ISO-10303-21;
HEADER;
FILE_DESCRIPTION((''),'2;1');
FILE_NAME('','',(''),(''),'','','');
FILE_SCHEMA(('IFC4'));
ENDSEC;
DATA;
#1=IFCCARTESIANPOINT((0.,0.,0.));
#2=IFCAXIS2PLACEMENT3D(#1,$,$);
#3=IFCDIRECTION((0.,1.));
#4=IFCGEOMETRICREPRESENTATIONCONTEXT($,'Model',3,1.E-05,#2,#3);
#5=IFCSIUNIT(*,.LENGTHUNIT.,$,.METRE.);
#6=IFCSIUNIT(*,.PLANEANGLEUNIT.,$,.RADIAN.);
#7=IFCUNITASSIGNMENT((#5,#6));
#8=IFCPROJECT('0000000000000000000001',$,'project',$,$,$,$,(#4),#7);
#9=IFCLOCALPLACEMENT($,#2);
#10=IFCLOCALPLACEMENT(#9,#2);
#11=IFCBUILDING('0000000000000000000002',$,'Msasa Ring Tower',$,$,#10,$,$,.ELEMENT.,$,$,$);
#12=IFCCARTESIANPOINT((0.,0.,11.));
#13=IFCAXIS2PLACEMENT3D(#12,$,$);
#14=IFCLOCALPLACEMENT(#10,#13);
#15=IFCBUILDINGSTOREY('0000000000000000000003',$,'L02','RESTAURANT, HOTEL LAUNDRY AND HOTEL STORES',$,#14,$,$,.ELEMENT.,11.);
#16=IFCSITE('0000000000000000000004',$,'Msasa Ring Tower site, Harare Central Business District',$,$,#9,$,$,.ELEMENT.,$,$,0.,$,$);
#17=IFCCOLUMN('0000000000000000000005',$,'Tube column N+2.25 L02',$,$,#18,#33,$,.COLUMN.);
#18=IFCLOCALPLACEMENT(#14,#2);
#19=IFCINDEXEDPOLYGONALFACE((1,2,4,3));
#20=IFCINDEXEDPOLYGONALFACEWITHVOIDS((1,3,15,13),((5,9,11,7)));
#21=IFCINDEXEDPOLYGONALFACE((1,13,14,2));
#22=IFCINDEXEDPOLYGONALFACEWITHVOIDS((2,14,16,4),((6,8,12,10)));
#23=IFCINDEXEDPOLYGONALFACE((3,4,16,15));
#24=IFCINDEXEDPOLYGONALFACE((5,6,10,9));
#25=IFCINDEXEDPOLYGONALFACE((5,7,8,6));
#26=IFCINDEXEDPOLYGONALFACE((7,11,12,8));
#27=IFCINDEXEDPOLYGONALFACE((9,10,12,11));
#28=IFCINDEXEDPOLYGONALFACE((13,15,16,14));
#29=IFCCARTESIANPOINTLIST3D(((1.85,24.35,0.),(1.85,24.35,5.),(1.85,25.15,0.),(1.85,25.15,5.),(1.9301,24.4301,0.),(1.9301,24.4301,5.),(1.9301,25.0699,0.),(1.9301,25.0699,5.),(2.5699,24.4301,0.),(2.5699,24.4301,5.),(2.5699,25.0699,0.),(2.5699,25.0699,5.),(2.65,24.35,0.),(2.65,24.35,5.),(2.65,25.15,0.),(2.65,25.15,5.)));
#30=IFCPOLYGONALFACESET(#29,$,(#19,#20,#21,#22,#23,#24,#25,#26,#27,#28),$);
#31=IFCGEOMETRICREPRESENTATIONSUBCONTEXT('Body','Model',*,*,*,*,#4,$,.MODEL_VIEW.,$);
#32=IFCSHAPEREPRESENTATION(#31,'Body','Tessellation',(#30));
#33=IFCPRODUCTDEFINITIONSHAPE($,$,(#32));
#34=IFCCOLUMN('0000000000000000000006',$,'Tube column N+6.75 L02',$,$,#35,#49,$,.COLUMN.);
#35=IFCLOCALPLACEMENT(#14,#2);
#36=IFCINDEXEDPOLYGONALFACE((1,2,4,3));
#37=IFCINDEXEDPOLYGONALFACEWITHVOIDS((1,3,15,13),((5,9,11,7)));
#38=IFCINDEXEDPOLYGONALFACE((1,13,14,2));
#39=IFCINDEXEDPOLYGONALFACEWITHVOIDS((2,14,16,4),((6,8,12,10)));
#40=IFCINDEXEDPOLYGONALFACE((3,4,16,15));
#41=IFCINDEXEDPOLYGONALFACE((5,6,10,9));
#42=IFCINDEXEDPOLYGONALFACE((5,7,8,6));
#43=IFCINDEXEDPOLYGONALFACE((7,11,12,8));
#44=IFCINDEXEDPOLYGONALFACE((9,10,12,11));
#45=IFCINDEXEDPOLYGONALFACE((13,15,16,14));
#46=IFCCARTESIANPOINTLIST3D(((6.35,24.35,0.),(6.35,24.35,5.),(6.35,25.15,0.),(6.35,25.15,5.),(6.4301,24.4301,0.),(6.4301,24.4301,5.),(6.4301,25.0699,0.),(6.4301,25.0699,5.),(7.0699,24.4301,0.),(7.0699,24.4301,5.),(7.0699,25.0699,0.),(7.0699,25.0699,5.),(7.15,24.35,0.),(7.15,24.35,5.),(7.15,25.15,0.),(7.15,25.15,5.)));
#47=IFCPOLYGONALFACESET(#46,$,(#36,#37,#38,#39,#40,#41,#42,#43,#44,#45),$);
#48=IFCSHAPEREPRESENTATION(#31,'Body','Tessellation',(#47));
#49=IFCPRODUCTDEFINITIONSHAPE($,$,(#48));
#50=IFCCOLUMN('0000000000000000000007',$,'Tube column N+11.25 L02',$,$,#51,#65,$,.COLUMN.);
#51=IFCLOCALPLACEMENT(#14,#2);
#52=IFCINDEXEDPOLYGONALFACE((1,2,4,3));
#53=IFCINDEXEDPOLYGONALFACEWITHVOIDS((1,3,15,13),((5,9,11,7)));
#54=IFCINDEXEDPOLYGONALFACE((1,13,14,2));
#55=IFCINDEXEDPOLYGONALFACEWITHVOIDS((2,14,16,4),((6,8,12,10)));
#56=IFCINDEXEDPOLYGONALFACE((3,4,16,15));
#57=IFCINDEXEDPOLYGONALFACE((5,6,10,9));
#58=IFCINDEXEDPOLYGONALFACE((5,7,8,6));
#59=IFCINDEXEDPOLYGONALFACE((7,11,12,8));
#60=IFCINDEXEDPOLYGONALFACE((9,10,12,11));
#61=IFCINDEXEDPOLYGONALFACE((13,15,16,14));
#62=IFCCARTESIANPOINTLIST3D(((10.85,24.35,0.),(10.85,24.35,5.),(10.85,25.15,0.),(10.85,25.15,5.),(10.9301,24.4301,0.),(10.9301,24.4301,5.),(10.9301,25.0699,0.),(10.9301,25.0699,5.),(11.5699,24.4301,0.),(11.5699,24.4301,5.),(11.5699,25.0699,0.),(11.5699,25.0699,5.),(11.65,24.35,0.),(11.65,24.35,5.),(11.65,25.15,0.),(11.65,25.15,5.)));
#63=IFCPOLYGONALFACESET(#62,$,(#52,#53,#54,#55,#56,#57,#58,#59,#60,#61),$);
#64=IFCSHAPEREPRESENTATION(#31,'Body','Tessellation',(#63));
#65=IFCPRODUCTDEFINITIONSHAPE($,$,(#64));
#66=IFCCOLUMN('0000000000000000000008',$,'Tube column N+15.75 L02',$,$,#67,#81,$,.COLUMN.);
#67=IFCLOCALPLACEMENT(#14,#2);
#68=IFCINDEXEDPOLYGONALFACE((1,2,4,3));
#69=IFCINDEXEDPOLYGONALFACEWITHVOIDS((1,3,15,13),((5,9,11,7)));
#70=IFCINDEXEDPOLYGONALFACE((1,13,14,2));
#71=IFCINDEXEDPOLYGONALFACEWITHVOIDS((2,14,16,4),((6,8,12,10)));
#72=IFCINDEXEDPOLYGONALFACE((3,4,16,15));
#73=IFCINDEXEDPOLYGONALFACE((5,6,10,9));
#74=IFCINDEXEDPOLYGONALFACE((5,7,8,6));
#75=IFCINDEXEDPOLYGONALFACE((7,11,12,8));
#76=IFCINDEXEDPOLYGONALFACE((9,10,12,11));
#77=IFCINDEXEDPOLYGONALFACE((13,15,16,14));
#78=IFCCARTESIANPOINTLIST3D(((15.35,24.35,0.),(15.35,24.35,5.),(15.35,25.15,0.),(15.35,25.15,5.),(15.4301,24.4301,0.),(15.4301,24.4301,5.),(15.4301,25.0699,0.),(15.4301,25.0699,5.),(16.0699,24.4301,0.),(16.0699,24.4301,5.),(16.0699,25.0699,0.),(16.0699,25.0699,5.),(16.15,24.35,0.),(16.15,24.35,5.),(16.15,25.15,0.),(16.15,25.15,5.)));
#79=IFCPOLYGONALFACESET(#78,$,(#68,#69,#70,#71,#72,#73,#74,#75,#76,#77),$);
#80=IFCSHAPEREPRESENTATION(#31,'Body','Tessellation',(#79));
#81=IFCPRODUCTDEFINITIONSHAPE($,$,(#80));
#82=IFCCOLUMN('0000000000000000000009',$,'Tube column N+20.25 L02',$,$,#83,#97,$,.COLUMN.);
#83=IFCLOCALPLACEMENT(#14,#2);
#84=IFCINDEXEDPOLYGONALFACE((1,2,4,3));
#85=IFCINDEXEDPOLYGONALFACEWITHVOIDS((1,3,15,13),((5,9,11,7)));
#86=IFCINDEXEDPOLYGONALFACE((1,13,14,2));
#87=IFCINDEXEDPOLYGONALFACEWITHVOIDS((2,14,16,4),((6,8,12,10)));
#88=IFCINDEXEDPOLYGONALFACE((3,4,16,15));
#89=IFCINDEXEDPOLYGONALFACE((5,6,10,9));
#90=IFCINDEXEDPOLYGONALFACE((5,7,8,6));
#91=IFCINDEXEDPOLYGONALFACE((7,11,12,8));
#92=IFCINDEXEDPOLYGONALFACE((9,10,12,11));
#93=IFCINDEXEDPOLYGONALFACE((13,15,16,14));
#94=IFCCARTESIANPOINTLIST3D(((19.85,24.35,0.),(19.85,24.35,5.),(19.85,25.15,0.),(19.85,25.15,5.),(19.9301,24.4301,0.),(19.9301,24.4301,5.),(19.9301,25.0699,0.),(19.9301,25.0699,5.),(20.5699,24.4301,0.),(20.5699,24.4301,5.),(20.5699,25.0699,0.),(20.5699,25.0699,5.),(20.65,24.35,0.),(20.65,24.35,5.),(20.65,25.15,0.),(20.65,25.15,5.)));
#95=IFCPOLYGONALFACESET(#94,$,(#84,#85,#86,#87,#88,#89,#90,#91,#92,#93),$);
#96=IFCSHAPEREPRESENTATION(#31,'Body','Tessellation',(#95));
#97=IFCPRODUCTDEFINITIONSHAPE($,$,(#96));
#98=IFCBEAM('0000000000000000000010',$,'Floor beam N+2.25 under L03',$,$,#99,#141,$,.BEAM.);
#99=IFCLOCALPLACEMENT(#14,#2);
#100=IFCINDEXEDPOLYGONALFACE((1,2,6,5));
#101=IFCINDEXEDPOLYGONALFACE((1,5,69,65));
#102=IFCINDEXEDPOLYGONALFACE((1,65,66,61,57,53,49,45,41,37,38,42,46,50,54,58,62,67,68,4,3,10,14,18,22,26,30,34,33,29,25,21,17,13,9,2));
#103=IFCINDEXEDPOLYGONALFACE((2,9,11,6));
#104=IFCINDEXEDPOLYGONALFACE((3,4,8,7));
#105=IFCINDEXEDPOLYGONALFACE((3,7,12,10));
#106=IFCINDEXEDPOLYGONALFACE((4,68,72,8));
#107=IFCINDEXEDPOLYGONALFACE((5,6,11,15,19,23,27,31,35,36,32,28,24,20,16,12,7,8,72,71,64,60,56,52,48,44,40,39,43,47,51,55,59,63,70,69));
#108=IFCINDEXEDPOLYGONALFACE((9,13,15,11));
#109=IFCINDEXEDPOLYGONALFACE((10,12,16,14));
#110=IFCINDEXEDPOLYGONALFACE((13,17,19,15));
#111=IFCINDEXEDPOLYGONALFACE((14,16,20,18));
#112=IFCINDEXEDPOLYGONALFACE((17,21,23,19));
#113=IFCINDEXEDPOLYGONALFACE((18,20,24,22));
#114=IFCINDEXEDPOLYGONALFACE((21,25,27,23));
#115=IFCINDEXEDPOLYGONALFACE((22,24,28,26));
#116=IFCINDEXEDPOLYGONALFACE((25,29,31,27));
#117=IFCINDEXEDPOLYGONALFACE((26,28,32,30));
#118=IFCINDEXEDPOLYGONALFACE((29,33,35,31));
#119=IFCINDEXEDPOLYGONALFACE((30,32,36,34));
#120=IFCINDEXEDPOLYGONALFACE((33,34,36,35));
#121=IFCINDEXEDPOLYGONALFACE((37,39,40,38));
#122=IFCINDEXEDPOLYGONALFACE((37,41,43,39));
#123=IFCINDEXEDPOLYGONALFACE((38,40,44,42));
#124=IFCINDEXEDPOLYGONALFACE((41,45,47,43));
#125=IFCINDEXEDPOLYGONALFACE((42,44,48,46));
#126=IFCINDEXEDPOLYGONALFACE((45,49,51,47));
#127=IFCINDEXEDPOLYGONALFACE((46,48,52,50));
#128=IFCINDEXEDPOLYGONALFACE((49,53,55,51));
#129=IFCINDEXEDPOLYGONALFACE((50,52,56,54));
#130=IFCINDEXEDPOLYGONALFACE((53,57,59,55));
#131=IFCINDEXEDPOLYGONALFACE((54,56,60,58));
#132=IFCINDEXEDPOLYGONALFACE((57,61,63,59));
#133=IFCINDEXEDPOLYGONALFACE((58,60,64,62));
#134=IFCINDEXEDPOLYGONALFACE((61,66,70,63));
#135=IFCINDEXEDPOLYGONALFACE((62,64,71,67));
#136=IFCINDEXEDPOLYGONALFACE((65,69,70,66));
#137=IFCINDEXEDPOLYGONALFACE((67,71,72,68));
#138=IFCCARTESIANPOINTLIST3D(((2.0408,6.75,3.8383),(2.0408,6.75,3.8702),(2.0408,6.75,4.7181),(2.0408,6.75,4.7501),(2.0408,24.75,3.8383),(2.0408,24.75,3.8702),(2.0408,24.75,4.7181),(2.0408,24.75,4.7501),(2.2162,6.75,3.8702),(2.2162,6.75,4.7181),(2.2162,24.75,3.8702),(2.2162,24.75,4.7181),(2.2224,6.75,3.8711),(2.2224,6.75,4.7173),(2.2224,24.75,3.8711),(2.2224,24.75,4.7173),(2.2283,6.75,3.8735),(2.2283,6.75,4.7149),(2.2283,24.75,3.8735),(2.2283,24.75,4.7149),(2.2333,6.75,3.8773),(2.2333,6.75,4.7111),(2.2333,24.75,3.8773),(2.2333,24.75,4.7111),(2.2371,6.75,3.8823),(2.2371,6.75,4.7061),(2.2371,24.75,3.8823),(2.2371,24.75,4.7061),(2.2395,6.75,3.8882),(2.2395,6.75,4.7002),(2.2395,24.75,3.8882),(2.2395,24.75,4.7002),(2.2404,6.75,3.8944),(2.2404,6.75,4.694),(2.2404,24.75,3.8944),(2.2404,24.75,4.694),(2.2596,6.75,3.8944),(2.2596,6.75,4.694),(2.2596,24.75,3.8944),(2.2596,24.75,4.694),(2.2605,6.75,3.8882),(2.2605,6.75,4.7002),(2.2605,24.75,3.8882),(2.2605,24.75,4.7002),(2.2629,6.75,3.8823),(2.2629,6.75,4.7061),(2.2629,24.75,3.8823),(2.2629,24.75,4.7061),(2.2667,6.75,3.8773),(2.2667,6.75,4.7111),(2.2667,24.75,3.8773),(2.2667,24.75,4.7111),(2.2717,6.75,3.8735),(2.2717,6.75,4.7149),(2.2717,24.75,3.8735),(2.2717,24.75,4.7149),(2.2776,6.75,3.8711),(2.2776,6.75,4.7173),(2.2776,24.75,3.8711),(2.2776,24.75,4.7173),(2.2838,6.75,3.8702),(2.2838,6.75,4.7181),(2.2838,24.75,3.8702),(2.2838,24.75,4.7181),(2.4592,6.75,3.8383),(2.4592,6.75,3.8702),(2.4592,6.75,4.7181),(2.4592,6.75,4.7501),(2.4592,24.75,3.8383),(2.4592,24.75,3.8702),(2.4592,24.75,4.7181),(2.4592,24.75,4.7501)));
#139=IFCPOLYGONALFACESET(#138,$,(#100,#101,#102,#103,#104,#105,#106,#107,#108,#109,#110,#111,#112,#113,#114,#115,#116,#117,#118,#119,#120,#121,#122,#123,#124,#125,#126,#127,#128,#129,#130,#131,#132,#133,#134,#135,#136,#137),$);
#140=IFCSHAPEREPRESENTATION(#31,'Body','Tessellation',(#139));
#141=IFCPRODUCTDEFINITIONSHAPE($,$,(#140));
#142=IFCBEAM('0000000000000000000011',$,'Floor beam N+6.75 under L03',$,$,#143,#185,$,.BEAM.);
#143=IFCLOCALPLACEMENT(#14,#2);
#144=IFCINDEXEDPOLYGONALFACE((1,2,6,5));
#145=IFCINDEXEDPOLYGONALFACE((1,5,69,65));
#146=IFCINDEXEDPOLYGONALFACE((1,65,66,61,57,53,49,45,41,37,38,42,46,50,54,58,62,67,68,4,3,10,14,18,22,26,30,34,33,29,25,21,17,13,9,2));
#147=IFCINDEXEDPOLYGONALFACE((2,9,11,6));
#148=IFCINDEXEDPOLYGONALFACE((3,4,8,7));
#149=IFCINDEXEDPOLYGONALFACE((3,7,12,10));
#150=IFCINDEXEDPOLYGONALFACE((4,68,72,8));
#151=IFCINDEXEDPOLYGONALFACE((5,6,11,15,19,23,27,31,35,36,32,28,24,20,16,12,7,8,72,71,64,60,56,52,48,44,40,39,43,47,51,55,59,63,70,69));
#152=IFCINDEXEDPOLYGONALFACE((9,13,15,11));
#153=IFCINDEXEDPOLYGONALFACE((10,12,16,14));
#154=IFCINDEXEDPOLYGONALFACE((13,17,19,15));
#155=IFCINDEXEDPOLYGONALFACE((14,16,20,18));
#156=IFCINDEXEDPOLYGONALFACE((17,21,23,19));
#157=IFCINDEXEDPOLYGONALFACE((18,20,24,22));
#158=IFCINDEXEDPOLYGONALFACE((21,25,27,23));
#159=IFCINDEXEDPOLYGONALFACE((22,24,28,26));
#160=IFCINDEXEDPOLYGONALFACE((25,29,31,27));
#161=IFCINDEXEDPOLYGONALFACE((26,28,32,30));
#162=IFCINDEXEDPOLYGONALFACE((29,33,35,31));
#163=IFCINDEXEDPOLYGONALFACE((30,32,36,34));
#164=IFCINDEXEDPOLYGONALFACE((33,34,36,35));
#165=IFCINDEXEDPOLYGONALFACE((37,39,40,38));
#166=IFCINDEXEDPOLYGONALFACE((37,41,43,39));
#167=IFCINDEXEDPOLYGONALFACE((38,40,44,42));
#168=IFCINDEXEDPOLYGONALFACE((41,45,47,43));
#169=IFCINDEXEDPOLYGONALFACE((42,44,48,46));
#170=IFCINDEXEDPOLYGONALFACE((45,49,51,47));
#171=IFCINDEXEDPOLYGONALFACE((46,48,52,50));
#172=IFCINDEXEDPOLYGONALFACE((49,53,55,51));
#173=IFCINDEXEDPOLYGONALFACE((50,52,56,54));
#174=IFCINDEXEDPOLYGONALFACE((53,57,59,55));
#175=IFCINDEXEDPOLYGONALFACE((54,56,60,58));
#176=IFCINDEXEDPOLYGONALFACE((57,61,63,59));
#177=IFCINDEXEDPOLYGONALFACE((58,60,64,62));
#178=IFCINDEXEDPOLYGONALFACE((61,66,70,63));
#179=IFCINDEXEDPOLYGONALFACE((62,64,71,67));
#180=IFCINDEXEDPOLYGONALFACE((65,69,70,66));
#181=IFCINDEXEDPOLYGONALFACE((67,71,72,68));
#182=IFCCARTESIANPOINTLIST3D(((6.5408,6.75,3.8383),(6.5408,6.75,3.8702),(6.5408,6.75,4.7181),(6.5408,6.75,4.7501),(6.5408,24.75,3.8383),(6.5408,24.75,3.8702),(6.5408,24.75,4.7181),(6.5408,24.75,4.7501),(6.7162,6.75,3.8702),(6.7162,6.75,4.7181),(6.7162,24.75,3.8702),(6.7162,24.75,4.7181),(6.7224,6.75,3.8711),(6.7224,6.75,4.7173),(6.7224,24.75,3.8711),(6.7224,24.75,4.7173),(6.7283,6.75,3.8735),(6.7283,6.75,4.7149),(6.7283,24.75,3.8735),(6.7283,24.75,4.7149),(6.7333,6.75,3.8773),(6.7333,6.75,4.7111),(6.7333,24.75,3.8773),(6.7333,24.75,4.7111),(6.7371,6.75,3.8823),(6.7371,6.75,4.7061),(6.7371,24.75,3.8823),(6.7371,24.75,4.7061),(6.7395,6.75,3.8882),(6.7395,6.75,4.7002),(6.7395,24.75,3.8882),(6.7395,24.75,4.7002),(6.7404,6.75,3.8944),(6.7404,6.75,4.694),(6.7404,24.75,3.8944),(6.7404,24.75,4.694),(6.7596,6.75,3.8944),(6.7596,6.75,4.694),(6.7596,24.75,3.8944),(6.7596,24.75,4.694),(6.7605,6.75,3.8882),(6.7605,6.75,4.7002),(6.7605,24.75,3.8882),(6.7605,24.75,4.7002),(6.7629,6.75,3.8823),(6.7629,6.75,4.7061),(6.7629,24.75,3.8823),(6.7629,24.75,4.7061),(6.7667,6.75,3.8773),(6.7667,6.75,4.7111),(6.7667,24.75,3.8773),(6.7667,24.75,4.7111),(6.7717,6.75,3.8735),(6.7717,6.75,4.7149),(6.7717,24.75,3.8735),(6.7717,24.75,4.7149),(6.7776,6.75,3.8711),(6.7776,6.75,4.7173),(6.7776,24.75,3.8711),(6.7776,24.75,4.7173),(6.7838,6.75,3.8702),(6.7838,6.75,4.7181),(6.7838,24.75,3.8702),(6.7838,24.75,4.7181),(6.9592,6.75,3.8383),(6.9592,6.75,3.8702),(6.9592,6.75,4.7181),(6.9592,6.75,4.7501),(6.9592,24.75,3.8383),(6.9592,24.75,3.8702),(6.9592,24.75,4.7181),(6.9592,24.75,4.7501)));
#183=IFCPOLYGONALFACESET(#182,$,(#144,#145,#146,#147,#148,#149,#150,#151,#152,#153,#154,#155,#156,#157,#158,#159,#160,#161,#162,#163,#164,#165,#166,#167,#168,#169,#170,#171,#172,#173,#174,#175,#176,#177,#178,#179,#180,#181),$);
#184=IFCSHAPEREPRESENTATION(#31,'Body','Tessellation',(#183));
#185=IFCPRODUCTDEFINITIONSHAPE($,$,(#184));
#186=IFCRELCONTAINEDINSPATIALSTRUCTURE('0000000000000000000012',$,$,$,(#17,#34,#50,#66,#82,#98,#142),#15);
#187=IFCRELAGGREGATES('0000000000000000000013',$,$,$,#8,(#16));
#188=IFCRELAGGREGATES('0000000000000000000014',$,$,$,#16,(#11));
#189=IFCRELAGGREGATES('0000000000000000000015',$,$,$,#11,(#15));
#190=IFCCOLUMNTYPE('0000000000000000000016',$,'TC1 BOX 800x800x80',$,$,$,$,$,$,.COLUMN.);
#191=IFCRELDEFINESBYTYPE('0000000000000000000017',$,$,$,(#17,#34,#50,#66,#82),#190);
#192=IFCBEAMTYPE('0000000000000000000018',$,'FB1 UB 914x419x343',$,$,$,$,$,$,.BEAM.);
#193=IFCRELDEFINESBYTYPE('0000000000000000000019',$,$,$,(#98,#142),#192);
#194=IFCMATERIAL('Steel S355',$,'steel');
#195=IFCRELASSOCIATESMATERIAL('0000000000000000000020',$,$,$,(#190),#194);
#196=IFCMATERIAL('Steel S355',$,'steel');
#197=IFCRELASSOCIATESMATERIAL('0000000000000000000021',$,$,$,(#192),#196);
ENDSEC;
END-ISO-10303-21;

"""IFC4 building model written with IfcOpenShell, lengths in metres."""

from ifc_helpers import new_model, si_unit, direction, frame, origin, origin_2d, place, context, subcontext, project, spatial, hollow_rectangle, i_section, extrude, material, material_profile, profile_set, type_object, element, save


model = new_model("IFC4")

# Units and contexts
model_context = context("Model", 3, precision=1e-05, world=origin(), true_north=direction((0.0, 1.0)))
body_context = subcontext(model_context, "Body", "Model", "MODEL_VIEW")
ifc_project = project(units=[si_unit("LENGTHUNIT", "METRE"), si_unit("PLANEANGLEUNIT", "RADIAN")], contexts=[model_context])

# Site, building, storey
site_placement = place(None, origin())
site = spatial("IfcSite", under=ifc_project, at=site_placement, Name="Msasa Ring Tower site, Harare Central Business District", CompositionType="ELEMENT", RefElevation=0.0)
building_placement = place(site_placement, origin())
building = spatial("IfcBuilding", under=site, at=building_placement, Name="Msasa Ring Tower", CompositionType="ELEMENT")
storey_placement = place(building_placement, frame((0.0, 0.0, 11.0)))
storey = spatial("IfcBuildingStorey", under=building, at=storey_placement, Name="L02", Description="RESTAURANT, HOTEL LAUNDRY AND HOTEL STORES", CompositionType="ELEMENT", Elevation=11.0)

# Columns
ifc_material_1 = material(Name="Steel S355", Category="steel")
ifc_material_profile_1 = material_profile(ifc_material_1, hollow_rectangle(XDim=0.8, YDim=0.8, WallThickness=0.0801, at=origin_2d()), Name="BOX 800x800x80")
ifc_profile_set_1 = profile_set([ifc_material_profile_1], Name="Steel S355")
column_type = type_object("IfcColumnType", Name="TC1 BOX 800x800x80", PredefinedType="COLUMN", material=ifc_profile_set_1)
for number, where, z_axis, x_axis, name in (
    (1, (2.25, 24.75, 0.0), (0.0, 0.0, 1.0), (0.0, 1.0, 0.0), "Tube column N+2.25 L02"),
    (2, (6.75, 24.75, 0.0), (0.0, 0.0, 1.0), (0.0, 1.0, 0.0), "Tube column N+6.75 L02"),
    (3, (11.25, 24.75, 0.0), (0.0, 0.0, 1.0), (0.0, 1.0, 0.0), "Tube column N+11.25 L02"),
    (4, (15.75, 24.75, 0.0), (0.0, 0.0, 1.0), (0.0, 1.0, 0.0), "Tube column N+15.75 L02"),
    (5, (20.25, 24.75, 0.0), (0.0, 0.0, 1.0), (0.0, 1.0, 0.0), "Tube column N+20.25 L02"),
):
    element("IfcColumn", number, at=place(storey_placement, frame(where, z_axis=z_axis, x_axis=x_axis)), inside=storey, type_object=column_type, Name=name, PredefinedType="COLUMN", context=body_context, shape_type="SweptSolid", body=[
        extrude(hollow_rectangle(XDim=0.8, YDim=0.8, WallThickness=0.0801, at=origin_2d()), origin(), (0.0, 0.0, 1.0), 5.0),
    ])

# Beams
ifc_material_2 = material(Name="Steel S355", Category="steel")
ifc_material_profile_2 = material_profile(ifc_material_2, i_section(OverallWidth=0.4185, OverallDepth=0.9119, WebThickness=0.0193, FlangeThickness=0.032, FilletRadius=0.0242, at=origin_2d()), Name="UB 914x419x343")
ifc_profile_set_2 = profile_set([ifc_material_profile_2], Name="Steel S355")
beam_type_1 = type_object("IfcBeamType", Name="FB1 UB 914x419x343", PredefinedType="BEAM", material=ifc_profile_set_2)
for number, where, z_axis, x_axis, name in (
    (6, (2.25, 24.75, 4.2942), (0.0, -1.0, 0.0), (1.0, 0.0, 0.0), "Floor beam N+2.25 under L03"),
    (7, (6.75, 24.75, 4.2942), (0.0, -1.0, 0.0), (1.0, 0.0, 0.0), "Floor beam N+6.75 under L03"),
):
    element("IfcBeam", number, at=place(storey_placement, frame(where, z_axis=z_axis, x_axis=x_axis)), inside=storey, type_object=beam_type_1, Name=name, PredefinedType="BEAM", context=body_context, shape_type="SweptSolid", body=[
        extrude(i_section(OverallWidth=0.4185, OverallDepth=0.9119, WebThickness=0.0193, FlangeThickness=0.032, FilletRadius=0.0242, at=origin_2d()), origin(), (0.0, 0.0, 1.0), 18.0),
    ])

save(model, "model.ifc")
